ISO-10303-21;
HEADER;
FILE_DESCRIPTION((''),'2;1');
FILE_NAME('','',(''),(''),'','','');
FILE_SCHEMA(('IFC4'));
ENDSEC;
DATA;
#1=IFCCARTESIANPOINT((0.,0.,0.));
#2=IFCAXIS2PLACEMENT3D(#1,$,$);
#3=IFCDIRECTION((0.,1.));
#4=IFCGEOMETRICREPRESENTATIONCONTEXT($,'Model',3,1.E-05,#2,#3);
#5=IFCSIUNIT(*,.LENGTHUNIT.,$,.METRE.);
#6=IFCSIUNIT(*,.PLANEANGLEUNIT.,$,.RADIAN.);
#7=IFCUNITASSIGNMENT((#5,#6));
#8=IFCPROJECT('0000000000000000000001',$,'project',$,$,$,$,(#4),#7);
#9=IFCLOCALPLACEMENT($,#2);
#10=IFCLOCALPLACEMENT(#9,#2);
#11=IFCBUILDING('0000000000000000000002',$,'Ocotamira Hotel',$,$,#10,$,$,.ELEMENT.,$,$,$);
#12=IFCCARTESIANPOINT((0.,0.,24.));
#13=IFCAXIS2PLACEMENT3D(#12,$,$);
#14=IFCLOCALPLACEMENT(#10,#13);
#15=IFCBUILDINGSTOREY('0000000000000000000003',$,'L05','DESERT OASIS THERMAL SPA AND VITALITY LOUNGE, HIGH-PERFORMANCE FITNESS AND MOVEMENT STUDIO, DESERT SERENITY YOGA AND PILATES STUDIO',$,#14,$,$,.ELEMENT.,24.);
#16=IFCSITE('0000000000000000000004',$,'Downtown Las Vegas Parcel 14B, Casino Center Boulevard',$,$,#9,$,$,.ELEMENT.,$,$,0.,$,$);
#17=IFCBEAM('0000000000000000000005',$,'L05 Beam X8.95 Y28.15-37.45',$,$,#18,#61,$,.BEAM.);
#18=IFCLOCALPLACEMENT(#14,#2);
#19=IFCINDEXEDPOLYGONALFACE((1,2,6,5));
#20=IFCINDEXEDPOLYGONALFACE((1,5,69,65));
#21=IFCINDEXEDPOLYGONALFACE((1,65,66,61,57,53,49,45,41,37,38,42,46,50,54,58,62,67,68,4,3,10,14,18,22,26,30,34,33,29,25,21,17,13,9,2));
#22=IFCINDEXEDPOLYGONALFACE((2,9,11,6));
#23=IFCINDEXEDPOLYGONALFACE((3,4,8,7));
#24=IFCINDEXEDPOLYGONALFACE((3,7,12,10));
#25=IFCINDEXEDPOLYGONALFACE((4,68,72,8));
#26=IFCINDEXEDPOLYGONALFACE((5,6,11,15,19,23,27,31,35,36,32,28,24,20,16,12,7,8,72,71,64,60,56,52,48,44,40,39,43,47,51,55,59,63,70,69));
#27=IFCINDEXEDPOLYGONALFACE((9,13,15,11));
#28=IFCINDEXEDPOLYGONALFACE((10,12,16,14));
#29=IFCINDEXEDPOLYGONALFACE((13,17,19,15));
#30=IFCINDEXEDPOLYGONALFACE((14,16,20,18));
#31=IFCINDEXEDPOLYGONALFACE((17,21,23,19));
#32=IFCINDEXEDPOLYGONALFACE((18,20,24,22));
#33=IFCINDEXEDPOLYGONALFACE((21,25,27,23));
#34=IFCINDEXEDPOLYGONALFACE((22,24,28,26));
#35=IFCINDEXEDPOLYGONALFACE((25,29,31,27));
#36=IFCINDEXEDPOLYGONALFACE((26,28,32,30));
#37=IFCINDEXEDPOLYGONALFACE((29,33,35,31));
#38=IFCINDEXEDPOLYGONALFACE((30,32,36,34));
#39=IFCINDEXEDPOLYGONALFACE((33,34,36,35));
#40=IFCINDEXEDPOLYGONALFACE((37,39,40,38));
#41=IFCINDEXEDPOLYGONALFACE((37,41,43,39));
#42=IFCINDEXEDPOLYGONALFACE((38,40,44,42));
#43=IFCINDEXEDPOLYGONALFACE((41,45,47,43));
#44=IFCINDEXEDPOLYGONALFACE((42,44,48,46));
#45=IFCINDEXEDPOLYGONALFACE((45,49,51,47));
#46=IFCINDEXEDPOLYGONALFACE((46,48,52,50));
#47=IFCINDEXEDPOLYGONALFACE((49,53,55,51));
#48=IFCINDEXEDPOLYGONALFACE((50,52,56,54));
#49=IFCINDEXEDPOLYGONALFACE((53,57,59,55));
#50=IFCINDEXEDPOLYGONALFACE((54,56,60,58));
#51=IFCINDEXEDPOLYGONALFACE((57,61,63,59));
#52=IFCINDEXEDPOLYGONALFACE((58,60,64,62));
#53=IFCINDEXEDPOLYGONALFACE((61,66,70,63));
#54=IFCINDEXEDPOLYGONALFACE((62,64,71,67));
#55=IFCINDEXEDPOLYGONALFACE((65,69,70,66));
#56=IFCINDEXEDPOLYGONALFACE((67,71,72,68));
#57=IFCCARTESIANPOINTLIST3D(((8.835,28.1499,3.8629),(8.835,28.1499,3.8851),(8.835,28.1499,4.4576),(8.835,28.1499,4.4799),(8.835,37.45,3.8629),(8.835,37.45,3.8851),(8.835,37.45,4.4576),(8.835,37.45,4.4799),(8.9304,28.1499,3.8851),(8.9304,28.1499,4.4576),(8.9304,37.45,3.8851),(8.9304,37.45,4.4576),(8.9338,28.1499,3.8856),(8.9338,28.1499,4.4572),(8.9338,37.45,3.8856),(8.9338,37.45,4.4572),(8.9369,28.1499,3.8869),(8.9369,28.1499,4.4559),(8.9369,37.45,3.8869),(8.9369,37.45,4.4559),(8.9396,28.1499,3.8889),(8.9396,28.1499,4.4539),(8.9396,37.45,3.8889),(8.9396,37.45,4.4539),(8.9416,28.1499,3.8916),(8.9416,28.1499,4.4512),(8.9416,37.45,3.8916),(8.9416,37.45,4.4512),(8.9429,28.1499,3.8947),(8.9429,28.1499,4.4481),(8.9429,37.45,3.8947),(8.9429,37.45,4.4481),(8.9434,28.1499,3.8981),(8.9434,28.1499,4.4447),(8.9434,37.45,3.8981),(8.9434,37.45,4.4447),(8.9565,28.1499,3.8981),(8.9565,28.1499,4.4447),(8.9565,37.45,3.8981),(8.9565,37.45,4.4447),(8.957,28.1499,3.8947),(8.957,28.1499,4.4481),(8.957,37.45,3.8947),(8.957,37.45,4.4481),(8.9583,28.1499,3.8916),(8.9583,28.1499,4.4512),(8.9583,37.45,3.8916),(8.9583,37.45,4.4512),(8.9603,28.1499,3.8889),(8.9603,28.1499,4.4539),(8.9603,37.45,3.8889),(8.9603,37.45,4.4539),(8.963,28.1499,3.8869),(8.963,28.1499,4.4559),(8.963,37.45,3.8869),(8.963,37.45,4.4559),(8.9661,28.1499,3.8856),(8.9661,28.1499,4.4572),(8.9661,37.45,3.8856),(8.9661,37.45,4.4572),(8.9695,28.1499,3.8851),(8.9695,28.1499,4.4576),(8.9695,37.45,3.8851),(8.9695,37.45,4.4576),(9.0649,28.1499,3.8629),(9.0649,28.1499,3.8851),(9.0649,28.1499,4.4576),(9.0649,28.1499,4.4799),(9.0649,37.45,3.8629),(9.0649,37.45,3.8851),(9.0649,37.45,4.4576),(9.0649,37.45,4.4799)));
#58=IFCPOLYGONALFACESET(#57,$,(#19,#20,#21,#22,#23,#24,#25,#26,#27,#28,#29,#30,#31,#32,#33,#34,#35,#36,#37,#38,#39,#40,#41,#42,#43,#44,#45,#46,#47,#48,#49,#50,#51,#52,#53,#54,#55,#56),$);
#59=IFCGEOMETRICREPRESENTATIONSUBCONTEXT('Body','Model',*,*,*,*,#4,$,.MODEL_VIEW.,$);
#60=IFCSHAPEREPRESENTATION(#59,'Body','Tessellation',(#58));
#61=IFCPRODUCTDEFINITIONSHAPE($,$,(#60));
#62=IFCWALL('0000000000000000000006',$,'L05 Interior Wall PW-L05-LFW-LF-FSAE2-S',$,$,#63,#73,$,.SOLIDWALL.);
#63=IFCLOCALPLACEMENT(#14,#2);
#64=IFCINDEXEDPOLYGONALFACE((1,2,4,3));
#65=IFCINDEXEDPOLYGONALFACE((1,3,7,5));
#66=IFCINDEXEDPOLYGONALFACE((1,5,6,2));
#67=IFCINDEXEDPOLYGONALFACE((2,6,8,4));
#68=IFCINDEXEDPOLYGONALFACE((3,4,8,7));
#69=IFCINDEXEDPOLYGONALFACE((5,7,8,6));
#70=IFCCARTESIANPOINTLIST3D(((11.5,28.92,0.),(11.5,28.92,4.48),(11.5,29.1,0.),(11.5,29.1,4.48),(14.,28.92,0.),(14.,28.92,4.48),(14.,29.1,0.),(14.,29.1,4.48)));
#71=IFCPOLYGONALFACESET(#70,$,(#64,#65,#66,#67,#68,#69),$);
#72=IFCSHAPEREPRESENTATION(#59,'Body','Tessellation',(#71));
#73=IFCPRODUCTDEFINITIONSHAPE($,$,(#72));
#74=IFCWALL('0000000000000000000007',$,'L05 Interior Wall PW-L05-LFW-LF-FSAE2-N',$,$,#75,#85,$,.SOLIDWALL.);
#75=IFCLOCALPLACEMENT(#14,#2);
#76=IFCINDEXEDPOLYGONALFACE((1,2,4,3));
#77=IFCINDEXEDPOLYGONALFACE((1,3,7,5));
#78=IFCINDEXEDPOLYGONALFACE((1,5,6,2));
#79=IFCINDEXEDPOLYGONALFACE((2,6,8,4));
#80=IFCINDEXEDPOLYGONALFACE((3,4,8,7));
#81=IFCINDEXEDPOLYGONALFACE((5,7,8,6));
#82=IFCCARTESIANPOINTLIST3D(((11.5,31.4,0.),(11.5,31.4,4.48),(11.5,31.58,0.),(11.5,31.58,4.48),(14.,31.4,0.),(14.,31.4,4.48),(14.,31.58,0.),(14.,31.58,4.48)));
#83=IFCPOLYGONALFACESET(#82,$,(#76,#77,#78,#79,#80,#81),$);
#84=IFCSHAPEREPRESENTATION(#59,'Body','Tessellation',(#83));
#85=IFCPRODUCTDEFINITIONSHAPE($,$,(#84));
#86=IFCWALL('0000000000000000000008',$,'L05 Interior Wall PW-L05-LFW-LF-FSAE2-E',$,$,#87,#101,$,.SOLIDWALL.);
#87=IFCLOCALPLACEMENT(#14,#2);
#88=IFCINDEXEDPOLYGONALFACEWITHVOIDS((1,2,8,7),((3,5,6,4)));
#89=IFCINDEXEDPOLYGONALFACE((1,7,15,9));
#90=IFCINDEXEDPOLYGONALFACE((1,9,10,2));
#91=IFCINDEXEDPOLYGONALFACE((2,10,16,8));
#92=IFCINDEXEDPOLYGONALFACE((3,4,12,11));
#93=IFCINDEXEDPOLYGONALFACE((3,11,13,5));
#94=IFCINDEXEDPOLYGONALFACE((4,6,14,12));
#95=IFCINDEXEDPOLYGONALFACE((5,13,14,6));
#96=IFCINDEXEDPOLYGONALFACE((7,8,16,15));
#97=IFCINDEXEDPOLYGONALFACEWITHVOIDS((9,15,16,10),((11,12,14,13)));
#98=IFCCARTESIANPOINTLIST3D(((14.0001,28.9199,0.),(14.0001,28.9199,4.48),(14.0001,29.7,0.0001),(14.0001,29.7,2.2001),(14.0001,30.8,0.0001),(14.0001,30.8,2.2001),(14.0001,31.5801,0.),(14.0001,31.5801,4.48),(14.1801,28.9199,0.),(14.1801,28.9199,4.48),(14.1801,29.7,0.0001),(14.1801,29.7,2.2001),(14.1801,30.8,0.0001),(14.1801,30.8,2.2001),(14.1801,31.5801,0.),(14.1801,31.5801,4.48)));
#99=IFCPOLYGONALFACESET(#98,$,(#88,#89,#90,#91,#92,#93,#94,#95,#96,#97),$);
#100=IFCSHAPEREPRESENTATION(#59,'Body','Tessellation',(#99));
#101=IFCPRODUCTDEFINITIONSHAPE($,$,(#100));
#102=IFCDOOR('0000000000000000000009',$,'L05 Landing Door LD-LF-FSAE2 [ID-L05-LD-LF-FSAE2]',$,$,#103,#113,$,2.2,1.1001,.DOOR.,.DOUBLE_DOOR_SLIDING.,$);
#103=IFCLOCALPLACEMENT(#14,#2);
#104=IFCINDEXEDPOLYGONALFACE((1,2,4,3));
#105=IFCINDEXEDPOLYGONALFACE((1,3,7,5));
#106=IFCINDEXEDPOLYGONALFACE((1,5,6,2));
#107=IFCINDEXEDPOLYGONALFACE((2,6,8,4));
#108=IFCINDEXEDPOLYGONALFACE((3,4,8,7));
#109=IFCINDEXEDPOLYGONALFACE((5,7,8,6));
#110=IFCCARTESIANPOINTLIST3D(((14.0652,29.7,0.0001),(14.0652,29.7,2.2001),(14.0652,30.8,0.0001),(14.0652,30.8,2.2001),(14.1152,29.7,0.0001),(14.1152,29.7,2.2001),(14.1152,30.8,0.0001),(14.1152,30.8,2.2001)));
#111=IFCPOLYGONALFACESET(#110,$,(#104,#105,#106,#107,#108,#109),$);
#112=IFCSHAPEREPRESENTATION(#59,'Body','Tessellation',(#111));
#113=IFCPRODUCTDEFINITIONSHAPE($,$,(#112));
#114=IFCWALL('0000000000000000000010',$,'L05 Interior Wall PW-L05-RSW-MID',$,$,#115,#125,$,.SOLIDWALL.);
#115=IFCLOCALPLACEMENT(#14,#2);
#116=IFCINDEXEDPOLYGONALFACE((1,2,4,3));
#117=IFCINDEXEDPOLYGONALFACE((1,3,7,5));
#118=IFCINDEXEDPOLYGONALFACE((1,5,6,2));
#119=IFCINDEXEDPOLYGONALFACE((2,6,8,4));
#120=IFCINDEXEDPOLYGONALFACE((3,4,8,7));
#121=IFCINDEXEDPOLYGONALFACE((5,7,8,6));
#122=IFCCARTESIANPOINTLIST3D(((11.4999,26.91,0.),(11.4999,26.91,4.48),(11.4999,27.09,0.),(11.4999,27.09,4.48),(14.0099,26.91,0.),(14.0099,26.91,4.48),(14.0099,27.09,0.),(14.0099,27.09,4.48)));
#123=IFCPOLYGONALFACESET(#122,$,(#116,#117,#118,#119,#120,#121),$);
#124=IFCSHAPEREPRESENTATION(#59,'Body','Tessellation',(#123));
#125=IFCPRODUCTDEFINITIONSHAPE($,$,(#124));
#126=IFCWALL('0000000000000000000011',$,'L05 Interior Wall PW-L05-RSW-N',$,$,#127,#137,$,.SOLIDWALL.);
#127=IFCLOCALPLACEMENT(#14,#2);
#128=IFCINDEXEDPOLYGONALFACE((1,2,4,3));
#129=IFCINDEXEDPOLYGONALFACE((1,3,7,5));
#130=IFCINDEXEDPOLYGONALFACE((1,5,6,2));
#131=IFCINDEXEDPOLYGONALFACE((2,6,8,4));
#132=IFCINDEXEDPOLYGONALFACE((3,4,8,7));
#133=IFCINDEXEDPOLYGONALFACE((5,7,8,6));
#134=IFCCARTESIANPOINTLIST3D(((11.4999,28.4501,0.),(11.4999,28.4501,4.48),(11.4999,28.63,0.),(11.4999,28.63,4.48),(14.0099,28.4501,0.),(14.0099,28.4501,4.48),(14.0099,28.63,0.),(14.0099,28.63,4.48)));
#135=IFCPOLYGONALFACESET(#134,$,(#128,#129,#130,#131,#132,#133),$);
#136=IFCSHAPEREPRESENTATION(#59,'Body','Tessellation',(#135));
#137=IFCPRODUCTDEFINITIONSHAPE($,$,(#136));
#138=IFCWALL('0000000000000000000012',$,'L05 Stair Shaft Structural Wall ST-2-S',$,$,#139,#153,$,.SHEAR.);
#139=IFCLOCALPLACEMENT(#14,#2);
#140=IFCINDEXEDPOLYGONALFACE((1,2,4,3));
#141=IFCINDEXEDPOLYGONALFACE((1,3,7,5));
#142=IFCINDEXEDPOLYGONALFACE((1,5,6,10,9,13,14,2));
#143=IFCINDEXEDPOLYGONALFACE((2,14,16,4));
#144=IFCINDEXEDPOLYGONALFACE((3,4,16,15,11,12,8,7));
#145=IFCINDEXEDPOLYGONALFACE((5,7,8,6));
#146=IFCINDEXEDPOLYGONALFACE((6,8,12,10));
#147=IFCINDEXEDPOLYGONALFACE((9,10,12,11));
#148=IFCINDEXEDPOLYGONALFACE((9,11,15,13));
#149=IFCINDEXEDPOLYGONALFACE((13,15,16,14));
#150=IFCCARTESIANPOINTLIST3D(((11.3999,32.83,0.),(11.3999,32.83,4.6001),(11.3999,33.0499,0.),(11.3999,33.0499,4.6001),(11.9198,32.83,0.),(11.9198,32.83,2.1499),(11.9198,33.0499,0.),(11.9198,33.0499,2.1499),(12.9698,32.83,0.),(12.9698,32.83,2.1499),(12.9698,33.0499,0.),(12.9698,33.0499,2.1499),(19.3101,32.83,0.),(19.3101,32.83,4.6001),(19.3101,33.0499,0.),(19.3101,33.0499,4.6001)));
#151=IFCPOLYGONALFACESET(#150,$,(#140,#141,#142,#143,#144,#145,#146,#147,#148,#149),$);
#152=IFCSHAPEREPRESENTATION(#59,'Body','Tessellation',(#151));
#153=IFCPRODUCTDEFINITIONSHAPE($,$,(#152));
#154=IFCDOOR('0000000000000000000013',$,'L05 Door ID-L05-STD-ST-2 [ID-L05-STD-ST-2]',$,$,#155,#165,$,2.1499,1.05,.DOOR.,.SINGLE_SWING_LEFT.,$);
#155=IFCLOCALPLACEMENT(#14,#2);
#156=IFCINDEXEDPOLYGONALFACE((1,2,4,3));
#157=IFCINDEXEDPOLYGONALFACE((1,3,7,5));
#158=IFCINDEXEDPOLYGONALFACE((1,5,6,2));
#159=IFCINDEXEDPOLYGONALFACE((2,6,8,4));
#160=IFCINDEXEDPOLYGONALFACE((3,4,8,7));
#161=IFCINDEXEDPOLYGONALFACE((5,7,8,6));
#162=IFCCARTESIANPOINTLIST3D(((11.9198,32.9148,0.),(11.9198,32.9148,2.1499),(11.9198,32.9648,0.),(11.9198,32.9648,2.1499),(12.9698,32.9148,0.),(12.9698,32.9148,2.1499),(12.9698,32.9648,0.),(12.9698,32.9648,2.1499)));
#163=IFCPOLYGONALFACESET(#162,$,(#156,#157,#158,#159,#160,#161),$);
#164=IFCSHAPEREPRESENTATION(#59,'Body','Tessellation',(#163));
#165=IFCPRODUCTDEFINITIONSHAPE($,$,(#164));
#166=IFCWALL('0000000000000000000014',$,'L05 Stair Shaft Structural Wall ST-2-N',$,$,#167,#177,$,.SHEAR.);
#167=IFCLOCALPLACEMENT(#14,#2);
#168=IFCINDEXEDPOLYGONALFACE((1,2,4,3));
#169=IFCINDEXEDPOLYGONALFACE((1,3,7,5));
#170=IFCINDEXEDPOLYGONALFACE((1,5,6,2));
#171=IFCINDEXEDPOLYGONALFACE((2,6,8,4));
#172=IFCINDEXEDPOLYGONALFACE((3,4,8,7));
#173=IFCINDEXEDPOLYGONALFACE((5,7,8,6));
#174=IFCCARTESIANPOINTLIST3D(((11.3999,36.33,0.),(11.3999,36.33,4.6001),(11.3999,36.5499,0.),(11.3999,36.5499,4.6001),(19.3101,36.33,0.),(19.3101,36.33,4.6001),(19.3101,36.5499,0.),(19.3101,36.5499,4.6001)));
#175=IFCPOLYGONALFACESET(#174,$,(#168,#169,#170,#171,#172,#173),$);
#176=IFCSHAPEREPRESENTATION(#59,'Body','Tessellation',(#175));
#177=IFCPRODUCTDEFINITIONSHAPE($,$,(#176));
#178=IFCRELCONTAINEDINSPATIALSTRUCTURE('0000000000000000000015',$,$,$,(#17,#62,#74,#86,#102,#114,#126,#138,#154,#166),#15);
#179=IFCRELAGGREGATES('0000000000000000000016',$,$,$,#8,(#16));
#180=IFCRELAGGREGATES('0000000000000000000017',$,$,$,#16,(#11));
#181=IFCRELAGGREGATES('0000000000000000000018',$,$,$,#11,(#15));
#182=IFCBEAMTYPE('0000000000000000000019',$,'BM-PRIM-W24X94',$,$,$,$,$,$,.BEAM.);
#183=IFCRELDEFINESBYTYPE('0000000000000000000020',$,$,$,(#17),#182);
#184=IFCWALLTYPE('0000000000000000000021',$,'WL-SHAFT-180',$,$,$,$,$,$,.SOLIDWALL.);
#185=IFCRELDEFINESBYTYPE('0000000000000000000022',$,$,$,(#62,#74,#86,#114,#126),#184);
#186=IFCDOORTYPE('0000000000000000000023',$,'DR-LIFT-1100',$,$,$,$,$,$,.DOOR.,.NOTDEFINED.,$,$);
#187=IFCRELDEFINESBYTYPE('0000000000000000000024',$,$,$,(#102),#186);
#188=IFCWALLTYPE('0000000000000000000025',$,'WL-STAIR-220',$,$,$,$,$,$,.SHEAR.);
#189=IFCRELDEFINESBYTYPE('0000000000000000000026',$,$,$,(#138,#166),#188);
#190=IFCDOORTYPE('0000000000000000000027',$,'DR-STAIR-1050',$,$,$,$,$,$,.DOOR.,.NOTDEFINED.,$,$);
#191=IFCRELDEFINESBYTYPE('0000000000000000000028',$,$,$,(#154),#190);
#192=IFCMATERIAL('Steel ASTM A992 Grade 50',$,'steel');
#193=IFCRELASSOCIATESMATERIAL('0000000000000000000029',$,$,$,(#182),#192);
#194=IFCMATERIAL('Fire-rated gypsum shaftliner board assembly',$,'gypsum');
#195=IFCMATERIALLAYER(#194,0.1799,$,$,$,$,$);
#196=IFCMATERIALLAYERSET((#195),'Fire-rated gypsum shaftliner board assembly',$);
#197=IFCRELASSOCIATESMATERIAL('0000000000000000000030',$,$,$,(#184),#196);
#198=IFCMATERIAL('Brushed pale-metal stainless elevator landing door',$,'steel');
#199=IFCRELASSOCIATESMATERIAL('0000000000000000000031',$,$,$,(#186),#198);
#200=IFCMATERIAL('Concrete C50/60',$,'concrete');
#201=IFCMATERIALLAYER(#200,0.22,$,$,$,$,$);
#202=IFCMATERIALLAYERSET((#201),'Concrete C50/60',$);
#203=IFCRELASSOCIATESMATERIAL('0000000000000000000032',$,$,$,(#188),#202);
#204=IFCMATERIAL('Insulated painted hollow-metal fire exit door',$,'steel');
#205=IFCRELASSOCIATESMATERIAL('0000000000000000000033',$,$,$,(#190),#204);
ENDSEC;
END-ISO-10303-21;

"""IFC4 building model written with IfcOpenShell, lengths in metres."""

from ifc_helpers import new_model, si_unit, direction, frame, frame_2d, origin, origin_2d, place, context, subcontext, project, spatial, rectangle, i_section, extrude, source, transform, mapped, material, layer, layer_set, material_profile, profile_set, type_object, element, fill, save


model = new_model("IFC4")

# Units and contexts
model_context = context("Model", 3, precision=1e-05, world=origin(), true_north=direction((0.0, 1.0)))
body_context = subcontext(model_context, "Body", "Model", "MODEL_VIEW")
ifc_project = project(units=[si_unit("LENGTHUNIT", "METRE"), si_unit("PLANEANGLEUNIT", "RADIAN")], contexts=[model_context])

# Site, building, storey
site_placement = place(None, origin())
site = spatial("IfcSite", under=ifc_project, at=site_placement, Name="Downtown Las Vegas Parcel 14B, Casino Center Boulevard", CompositionType="ELEMENT", RefElevation=0.0)
building_placement = place(site_placement, origin())
building = spatial("IfcBuilding", under=site, at=building_placement, Name="Ocotamira Hotel", CompositionType="ELEMENT")
storey_placement = place(building_placement, frame((0.0, 0.0, 24.0)))
storey = spatial("IfcBuildingStorey", under=building, at=storey_placement, Name="L05", Description="DESERT OASIS THERMAL SPA AND VITALITY LOUNGE, HIGH-PERFORMANCE FITNESS AND MOVEMENT STUDIO, DESERT SERENITY YOGA AND PILATES STUDIO", CompositionType="ELEMENT", Elevation=24.0)

# Shared definitions
ifc_material_1 = material(Name="Concrete C50/60", Category="concrete")

# Beam
ifc_material_2 = material(Name="Steel ASTM A992 Grade 50", Category="steel")
ifc_material_profile_1 = material_profile(ifc_material_2, i_section(OverallWidth=0.23, OverallDepth=0.6169, WebThickness=0.0132, FlangeThickness=0.0222, FilletRadius=0.0129, at=origin_2d()), Name="W24X94")
ifc_profile_set_1 = profile_set([ifc_material_profile_1], Name="Steel ASTM A992 Grade 50")
beam_type_1 = type_object("IfcBeamType", Name="BM-PRIM-W24X94", PredefinedType="BEAM", material=ifc_profile_set_1)
shared_shape_1 = source(origin(), body_context, "Body", "SweptSolid", [
    extrude(i_section(OverallWidth=0.23, OverallDepth=0.6169, WebThickness=0.0132, FlangeThickness=0.0222, FilletRadius=0.0129, at=origin_2d()), origin(), (0.0, 0.0, 1.0), 9.3),
])
beam_1_placement = place(storey_placement, frame((8.95, 28.1499, 4.1714), z_axis=(0.0, 1.0, 0.0), x_axis=(-1.0, 0.0, 0.0)))
element("IfcBeam", 1, at=beam_1_placement, inside=storey, type_object=beam_type_1, Name="L05 Beam X8.95 Y28.15-37.45", PredefinedType="BEAM", context=body_context, shape_type="MappedRepresentation", body=[
    mapped(shared_shape_1, transform((0.0, 0.0, 0.0), scale=1.0)),
])

# Walls
ifc_material_3 = material(Name="Fire-rated gypsum shaftliner board assembly", Category="gypsum")
ifc_layer_1 = layer(ifc_material_3, 0.1799)
ifc_layer_set_1 = layer_set([ifc_layer_1], Name="Fire-rated gypsum shaftliner board assembly")
wall_type_1 = type_object("IfcWallType", Name="WL-SHAFT-180", PredefinedType="SOLIDWALL", material=ifc_layer_set_1)
for number, where, z_axis, x_axis, name in (
    (2, (11.5, 29.01, 0.0), (0.0, 0.0, 1.0), (1.0, 0.0, 0.0), "L05 Interior Wall PW-L05-LFW-LF-FSAE2-S"),
    (3, (11.5, 31.49, 0.0), (0.0, 0.0, 1.0), (1.0, 0.0, 0.0), "L05 Interior Wall PW-L05-LFW-LF-FSAE2-N"),
):
    element("IfcWall", number, at=place(storey_placement, frame(where, z_axis=z_axis, x_axis=x_axis)), inside=storey, type_object=wall_type_1, Name=name, PredefinedType="SOLIDWALL", context=body_context, shape_type="SweptSolid", body=[
        extrude(rectangle(XDim=2.5, YDim=0.1799, at=frame_2d((1.25, 0.0))), origin(), (0.0, 0.0, 1.0), 4.48),
    ])

# Wall, opening, door
wall_1_placement = place(storey_placement, frame((14.0901, 28.9199, 0.0), z_axis=(0.0, 0.0, 1.0), x_axis=(0.0, 1.0, 0.0)))
wall_1 = element("IfcWall", 4, at=wall_1_placement, inside=storey, type_object=wall_type_1, Name="L05 Interior Wall PW-L05-LFW-LF-FSAE2-E", PredefinedType="SOLIDWALL", context=body_context, shape_type="SweptSolid", body=[
    extrude(rectangle(XDim=2.6602, YDim=0.1799, at=frame_2d((1.3301, 0.0))), origin(), (0.0, 0.0, 1.0), 4.48),
])
opening_1_placement = place(wall_1_placement, frame((0.78, 0.0, 0.0)))
opening_1 = element("IfcOpeningElement", 5, at=opening_1_placement, cuts=wall_1, PredefinedType="OPENING", context=body_context, shape_type="SweptSolid", body=[
    extrude(rectangle(XDim=1.1001, YDim=2.2, at=frame_2d((0.55, 1.1001))), frame((0.0, 0.1001, 0.0), z_axis=(0.0, -1.0, 0.0), x_axis=(1.0, 0.0, 0.0)), (0.0, 0.0, 1.0), 0.2),
])
ifc_material_4 = material(Name="Brushed pale-metal stainless elevator landing door", Category="steel")
door_type_1 = type_object("IfcDoorType", Name="DR-LIFT-1100", OperationType="NOTDEFINED", PredefinedType="DOOR", material=ifc_material_4)
shared_shape_2 = source(origin(), body_context, "Body", "SweptSolid", [
    extrude(rectangle(XDim=1.1001, YDim=2.2, at=frame_2d((0.55, 1.1001))), frame((0.0, 0.0249, 0.0), z_axis=(0.0, -1.0, 0.0), x_axis=(1.0, 0.0, 0.0)), (0.0, 0.0, 1.0), 0.05),
])
door_1_placement = place(opening_1_placement, origin())
door_1 = element("IfcDoor", 6, at=door_1_placement, inside=storey, type_object=door_type_1, Name="L05 Landing Door LD-LF-FSAE2 [ID-L05-LD-LF-FSAE2]", OperationType="DOUBLE_DOOR_SLIDING", OverallHeight=2.2, OverallWidth=1.1001, PredefinedType="DOOR", context=body_context, shape_type="MappedRepresentation", body=[
    mapped(shared_shape_2, transform((0.0, 0.0, 0.0), scale=1.0)),
])
fill(opening_1, door_1)

# Walls
for number, where, z_axis, x_axis, name in (
    (7, (11.5, 27.0, 0.0), (0.0, 0.0, 1.0), (1.0, 0.0, 0.0), "L05 Interior Wall PW-L05-RSW-MID"),
    (8, (11.5, 28.54, 0.0), (0.0, 0.0, 1.0), (1.0, 0.0, 0.0), "L05 Interior Wall PW-L05-RSW-N"),
):
    element("IfcWall", number, at=place(storey_placement, frame(where, z_axis=z_axis, x_axis=x_axis)), inside=storey, type_object=wall_type_1, Name=name, PredefinedType="SOLIDWALL", context=body_context, shape_type="SweptSolid", body=[
        extrude(rectangle(XDim=2.51, YDim=0.1799, at=frame_2d((1.2549, 0.0))), origin(), (0.0, 0.0, 1.0), 4.48),
    ])

# Wall, opening, door
ifc_layer_2 = layer(ifc_material_1, 0.22)
ifc_layer_set_2 = layer_set([ifc_layer_2], Name="Concrete C50/60")
wall_type_2 = type_object("IfcWallType", Name="WL-STAIR-220", PredefinedType="SHEAR", material=ifc_layer_set_2)
wall_2_placement = place(storey_placement, frame((11.3999, 32.9399, 0.0), z_axis=(0.0, 0.0, 1.0), x_axis=(1.0, 0.0, 0.0)))
wall_2 = element("IfcWall", 9, at=wall_2_placement, inside=storey, type_object=wall_type_2, Name="L05 Stair Shaft Structural Wall ST-2-S", PredefinedType="SHEAR", context=body_context, shape_type="SweptSolid", body=[
    extrude(rectangle(XDim=7.9102, YDim=0.22, at=frame_2d((3.9551, 0.0))), origin(), (0.0, 0.0, 1.0), 4.6001),
])
opening_2_placement = place(wall_2_placement, frame((0.52, 0.0, 0.0)))
opening_2 = element("IfcOpeningElement", 10, at=opening_2_placement, cuts=wall_2, PredefinedType="OPENING", context=body_context, shape_type="SweptSolid", body=[
    extrude(rectangle(XDim=1.05, YDim=2.1499, at=frame_2d((0.5249, 1.075))), frame((0.0, 0.1201, 0.0), z_axis=(0.0, -1.0, 0.0), x_axis=(1.0, 0.0, 0.0)), (0.0, 0.0, 1.0), 0.24),
])
ifc_material_5 = material(Name="Insulated painted hollow-metal fire exit door", Category="steel")
door_type_2 = type_object("IfcDoorType", Name="DR-STAIR-1050", OperationType="NOTDEFINED", PredefinedType="DOOR", material=ifc_material_5)
shared_shape_3 = source(origin(), body_context, "Body", "SweptSolid", [
    extrude(rectangle(XDim=1.05, YDim=2.1499, at=frame_2d((0.5249, 1.075))), frame((0.0, 0.0249, 0.0), z_axis=(0.0, -1.0, 0.0), x_axis=(1.0, 0.0, 0.0)), (0.0, 0.0, 1.0), 0.05),
])
door_2_placement = place(opening_2_placement, origin())
door_2 = element("IfcDoor", 11, at=door_2_placement, inside=storey, type_object=door_type_2, Name="L05 Door ID-L05-STD-ST-2 [ID-L05-STD-ST-2]", OperationType="SINGLE_SWING_LEFT", OverallHeight=2.1499, OverallWidth=1.05, PredefinedType="DOOR", context=body_context, shape_type="MappedRepresentation", body=[
    mapped(shared_shape_3, transform((0.0, 0.0, 0.0), scale=1.0)),
])
fill(opening_2, door_2)

# Wall
wall_3_placement = place(storey_placement, frame((11.3999, 36.4399, 0.0), z_axis=(0.0, 0.0, 1.0), x_axis=(1.0, 0.0, 0.0)))
element("IfcWall", 12, at=wall_3_placement, inside=storey, type_object=wall_type_2, Name="L05 Stair Shaft Structural Wall ST-2-N", PredefinedType="SHEAR", context=body_context, shape_type="SweptSolid", body=[
    extrude(rectangle(XDim=7.9102, YDim=0.22, at=frame_2d((3.9551, 0.0))), origin(), (0.0, 0.0, 1.0), 4.6001),
])

save(model, "model.ifc")
